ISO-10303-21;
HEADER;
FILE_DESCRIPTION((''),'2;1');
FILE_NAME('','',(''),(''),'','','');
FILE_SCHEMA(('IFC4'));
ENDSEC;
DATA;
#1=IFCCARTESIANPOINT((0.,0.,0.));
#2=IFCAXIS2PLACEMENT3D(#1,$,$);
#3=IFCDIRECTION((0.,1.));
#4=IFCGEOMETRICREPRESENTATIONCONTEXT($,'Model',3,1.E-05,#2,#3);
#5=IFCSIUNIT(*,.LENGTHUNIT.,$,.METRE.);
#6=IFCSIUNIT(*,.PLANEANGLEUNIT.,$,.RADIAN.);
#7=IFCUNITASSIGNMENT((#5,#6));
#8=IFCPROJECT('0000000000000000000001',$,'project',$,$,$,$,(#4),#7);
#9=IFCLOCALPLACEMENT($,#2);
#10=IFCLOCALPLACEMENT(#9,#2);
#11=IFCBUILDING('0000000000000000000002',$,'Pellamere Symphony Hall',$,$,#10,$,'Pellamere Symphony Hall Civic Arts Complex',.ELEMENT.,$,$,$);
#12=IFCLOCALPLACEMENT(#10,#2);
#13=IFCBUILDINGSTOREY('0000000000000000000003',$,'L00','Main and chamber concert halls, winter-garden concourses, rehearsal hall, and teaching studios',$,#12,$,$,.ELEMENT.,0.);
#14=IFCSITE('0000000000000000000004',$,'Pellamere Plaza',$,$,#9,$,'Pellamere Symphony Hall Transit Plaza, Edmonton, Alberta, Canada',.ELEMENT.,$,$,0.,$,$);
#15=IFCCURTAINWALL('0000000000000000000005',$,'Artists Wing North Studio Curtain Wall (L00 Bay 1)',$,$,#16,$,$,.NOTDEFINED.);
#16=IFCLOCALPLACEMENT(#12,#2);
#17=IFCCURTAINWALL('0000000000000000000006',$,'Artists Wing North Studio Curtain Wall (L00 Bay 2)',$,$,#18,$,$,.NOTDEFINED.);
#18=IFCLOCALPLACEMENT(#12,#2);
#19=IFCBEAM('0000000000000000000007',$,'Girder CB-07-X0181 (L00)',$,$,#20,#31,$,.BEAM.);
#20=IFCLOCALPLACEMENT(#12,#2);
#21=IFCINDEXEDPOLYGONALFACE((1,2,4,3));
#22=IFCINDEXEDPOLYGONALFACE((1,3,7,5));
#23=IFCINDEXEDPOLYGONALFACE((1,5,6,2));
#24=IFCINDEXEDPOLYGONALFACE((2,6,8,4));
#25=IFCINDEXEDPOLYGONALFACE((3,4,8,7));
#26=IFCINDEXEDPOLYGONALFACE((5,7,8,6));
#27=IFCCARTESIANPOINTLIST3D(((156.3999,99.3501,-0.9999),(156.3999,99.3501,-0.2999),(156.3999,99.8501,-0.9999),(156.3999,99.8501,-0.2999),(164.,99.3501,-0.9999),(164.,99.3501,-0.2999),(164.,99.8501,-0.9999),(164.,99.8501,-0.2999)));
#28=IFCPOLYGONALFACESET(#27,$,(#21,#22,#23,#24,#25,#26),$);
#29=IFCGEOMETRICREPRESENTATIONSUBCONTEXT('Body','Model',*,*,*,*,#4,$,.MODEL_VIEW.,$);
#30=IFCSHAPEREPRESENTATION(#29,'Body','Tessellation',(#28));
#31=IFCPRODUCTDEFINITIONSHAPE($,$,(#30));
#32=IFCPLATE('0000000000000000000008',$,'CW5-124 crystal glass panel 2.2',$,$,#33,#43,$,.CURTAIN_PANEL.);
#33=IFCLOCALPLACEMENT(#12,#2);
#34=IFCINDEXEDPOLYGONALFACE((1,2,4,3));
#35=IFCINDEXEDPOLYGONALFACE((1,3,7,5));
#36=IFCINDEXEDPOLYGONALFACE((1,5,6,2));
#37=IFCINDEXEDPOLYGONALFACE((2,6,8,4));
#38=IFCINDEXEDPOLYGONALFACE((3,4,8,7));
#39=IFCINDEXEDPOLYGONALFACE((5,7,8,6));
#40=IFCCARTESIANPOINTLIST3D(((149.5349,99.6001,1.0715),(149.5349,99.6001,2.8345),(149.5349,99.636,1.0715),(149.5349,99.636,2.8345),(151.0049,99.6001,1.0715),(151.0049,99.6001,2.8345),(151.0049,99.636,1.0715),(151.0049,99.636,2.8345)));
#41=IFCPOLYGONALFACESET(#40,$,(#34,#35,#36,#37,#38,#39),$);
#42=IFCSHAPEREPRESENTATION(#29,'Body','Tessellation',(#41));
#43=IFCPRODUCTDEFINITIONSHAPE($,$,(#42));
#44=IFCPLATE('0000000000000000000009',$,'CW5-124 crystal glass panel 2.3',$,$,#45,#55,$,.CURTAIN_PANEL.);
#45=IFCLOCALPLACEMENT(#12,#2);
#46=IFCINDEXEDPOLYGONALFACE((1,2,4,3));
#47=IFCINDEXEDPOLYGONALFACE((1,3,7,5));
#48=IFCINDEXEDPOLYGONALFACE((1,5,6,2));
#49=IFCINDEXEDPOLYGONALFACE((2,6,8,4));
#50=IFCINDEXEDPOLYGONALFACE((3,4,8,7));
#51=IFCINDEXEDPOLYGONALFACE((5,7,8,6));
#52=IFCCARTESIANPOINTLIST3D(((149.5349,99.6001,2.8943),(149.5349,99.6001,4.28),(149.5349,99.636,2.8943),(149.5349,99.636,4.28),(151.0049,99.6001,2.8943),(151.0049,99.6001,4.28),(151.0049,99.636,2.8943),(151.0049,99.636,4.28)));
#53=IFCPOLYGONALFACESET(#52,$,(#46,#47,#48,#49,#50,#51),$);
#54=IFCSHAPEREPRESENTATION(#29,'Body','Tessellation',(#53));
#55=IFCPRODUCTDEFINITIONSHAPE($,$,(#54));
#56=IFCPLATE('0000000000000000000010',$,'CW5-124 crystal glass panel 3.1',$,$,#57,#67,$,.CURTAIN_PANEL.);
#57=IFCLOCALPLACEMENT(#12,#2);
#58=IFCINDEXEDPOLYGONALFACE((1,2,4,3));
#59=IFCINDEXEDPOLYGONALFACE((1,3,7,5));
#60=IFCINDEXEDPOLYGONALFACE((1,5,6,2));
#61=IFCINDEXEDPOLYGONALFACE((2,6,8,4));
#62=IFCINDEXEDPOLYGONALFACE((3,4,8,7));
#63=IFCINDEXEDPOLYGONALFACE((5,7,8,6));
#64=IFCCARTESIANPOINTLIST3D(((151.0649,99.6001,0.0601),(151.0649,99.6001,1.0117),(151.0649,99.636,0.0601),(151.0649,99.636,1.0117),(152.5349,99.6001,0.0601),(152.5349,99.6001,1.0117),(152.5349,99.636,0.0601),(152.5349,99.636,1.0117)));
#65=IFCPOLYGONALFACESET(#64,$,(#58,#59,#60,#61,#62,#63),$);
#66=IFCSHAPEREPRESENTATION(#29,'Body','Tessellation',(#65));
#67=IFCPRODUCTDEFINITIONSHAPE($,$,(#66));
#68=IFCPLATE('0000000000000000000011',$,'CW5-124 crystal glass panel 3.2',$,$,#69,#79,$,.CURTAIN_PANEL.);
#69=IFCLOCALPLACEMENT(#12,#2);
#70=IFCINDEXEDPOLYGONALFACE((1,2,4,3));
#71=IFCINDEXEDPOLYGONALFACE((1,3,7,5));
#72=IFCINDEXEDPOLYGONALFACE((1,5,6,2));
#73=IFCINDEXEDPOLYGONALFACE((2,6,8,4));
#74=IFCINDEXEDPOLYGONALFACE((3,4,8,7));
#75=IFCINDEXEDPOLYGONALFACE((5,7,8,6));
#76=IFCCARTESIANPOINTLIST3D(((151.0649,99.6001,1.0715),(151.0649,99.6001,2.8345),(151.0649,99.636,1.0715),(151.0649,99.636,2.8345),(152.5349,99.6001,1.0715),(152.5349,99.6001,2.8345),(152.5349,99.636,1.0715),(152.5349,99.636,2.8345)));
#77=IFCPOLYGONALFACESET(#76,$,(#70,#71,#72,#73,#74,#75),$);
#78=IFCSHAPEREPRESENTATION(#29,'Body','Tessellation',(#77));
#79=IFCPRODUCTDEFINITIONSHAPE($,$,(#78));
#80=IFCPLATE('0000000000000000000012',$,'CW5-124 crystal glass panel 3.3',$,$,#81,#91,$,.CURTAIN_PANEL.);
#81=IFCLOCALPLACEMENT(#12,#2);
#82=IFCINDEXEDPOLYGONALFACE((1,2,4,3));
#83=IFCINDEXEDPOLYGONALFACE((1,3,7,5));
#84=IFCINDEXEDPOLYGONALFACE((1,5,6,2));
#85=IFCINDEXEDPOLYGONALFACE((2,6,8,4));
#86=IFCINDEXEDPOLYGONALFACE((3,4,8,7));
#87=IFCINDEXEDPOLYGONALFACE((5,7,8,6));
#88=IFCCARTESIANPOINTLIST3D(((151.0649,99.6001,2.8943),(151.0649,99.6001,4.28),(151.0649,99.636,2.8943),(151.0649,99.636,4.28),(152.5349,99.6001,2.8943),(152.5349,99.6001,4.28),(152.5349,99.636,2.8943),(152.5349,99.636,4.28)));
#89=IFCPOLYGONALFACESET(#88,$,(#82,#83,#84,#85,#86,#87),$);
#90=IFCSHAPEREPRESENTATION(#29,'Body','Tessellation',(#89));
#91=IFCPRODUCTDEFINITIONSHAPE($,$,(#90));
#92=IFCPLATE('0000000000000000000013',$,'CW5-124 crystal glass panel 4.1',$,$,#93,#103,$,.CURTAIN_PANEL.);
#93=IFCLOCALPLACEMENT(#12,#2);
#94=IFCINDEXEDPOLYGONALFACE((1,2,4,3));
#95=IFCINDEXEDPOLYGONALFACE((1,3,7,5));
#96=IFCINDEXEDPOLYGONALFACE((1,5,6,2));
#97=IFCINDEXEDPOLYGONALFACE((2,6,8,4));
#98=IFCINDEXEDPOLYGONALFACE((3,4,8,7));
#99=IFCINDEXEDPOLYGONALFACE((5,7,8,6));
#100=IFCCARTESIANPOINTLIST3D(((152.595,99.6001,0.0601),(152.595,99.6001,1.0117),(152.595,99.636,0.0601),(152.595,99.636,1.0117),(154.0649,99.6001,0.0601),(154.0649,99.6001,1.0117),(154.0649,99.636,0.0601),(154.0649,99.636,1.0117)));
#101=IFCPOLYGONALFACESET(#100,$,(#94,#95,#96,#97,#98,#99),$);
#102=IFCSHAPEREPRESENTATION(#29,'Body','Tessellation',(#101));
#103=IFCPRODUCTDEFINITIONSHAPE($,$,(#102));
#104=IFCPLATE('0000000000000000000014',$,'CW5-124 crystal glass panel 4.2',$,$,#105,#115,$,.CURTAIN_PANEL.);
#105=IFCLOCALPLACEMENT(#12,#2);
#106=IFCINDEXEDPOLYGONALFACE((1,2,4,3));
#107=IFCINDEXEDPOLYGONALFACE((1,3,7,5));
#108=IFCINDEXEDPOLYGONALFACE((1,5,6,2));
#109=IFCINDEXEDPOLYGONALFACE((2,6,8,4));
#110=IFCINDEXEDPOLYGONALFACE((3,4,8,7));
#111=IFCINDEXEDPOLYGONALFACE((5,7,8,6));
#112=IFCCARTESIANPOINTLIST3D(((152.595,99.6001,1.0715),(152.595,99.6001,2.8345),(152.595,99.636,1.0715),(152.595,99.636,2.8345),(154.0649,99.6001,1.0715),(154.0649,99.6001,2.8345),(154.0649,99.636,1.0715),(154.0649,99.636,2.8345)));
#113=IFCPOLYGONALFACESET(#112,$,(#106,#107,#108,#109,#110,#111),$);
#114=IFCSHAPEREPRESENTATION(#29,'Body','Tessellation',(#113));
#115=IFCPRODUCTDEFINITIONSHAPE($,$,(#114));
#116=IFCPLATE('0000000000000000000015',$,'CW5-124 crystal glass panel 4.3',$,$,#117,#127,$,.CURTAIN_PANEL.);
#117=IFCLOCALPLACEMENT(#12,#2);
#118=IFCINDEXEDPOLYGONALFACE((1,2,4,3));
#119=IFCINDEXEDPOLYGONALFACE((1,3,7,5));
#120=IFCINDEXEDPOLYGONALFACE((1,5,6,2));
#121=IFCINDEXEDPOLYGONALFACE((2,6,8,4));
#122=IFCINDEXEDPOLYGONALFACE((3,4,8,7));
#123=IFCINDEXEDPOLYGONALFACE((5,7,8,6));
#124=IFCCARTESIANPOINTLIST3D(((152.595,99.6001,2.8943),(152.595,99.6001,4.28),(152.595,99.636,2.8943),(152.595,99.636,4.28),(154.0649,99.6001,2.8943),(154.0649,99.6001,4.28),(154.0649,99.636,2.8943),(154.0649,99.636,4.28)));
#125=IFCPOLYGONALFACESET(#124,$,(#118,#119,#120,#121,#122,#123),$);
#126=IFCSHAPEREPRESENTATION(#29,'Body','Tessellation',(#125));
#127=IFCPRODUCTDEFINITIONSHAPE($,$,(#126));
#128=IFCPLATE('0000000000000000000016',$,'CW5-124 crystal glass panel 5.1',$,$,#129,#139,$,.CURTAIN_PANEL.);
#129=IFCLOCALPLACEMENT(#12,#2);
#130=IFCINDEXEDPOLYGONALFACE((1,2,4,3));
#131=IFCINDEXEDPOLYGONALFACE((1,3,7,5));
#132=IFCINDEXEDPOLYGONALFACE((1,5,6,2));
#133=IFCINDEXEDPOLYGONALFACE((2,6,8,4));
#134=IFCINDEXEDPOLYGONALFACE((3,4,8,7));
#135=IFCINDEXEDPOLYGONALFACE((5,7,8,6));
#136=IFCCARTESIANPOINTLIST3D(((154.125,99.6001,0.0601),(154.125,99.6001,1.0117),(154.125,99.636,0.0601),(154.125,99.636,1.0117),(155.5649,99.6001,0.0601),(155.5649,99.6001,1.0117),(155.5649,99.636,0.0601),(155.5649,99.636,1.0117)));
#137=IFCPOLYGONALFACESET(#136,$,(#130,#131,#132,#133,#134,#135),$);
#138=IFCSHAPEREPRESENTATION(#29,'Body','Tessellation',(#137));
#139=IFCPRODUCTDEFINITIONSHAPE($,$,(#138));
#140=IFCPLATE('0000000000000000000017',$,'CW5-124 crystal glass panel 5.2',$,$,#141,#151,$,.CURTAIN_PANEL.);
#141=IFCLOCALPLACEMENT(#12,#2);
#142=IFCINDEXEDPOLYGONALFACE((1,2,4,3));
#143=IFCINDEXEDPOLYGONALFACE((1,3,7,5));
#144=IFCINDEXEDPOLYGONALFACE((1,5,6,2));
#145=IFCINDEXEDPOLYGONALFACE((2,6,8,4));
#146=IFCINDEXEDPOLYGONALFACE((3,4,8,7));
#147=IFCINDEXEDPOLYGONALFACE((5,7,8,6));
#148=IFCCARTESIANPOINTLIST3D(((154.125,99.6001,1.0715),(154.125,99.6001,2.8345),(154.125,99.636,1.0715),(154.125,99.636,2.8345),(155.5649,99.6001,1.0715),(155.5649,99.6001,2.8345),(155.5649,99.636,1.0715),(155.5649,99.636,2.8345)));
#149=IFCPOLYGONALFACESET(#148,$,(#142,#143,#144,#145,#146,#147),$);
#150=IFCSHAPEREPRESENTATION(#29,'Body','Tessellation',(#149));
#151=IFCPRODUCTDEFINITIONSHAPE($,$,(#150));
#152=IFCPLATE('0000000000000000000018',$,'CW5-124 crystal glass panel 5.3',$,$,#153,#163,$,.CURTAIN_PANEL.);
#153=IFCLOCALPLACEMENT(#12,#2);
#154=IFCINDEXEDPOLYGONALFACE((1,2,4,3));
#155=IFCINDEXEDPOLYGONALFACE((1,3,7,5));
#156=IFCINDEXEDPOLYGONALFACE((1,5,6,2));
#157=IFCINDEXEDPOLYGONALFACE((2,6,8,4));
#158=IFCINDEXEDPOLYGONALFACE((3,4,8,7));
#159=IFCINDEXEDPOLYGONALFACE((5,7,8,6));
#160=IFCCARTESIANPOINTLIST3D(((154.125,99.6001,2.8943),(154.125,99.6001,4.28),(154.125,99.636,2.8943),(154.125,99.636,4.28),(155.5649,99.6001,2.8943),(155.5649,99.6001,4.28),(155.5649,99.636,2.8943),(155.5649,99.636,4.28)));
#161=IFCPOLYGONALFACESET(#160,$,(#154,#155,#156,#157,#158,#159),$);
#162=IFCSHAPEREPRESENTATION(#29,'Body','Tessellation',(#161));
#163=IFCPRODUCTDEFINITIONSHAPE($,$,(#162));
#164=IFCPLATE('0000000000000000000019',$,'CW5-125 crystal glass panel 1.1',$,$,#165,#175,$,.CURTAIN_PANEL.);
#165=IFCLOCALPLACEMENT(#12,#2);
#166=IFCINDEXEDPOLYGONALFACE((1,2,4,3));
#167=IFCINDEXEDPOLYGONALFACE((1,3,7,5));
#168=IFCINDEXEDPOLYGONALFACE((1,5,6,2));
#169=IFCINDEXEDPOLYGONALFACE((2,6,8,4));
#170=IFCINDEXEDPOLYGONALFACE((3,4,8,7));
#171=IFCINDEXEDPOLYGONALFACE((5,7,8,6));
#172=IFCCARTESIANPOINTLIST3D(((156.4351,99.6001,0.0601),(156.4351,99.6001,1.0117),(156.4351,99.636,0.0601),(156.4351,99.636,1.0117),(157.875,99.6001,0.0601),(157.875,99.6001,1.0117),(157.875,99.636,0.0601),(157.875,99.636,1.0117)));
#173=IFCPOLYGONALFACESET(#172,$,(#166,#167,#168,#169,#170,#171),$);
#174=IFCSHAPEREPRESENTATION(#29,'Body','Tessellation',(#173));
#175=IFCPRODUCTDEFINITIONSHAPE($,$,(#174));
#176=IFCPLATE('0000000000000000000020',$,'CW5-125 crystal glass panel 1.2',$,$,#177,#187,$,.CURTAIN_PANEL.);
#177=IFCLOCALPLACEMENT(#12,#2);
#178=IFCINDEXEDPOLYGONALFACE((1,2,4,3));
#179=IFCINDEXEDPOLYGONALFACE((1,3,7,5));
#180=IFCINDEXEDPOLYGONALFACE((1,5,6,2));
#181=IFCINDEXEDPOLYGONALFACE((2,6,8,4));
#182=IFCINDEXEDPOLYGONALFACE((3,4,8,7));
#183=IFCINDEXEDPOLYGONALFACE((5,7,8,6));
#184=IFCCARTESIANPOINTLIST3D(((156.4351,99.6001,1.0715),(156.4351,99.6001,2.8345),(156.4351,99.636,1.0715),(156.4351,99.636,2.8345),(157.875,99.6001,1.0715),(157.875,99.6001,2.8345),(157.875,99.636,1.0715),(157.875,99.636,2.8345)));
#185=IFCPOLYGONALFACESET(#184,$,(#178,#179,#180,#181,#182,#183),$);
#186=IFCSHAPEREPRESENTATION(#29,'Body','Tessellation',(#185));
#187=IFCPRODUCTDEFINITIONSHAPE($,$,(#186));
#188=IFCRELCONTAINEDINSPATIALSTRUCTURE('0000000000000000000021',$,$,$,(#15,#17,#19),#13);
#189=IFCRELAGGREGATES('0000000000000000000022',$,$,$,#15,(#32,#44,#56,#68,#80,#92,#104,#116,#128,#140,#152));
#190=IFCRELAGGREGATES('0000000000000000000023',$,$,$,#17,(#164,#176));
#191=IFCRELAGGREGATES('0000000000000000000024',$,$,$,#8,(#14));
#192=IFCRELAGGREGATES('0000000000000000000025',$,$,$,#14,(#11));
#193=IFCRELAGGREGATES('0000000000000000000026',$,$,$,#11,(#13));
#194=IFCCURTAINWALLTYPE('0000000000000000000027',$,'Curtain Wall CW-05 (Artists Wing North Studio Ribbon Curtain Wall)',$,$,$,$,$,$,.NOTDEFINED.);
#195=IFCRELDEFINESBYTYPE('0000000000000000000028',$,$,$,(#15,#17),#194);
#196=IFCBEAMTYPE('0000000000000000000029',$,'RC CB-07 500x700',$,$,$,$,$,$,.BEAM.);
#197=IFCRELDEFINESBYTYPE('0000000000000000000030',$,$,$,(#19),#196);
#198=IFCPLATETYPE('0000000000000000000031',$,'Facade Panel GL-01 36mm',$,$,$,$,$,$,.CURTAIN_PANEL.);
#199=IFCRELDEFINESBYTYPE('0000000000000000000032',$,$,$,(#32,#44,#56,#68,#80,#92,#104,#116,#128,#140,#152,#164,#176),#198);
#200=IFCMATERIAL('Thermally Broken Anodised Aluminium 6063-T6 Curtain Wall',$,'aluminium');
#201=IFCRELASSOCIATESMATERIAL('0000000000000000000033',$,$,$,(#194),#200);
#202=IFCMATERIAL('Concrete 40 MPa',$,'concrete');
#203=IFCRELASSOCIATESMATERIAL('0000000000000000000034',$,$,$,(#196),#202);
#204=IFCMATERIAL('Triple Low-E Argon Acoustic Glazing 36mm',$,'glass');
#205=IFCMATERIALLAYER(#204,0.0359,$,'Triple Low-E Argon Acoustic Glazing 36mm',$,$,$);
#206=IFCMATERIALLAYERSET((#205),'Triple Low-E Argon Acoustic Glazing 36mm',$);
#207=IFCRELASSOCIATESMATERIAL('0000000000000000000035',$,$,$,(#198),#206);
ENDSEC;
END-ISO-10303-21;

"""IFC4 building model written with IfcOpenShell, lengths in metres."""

from ifc_helpers import new_model, si_unit, direction, frame, origin, origin_2d, place, context, subcontext, project, spatial, polyline, rectangle, outline, extrude, material, layer, layer_set, material_profile, profile_set, type_object, element, aggregate, save


model = new_model("IFC4")

# Units and contexts
model_context = context("Model", 3, precision=1e-05, world=origin(), true_north=direction((0.0, 1.0)))
body_context = subcontext(model_context, "Body", "Model", "MODEL_VIEW")
ifc_project = project(units=[si_unit("LENGTHUNIT", "METRE"), si_unit("PLANEANGLEUNIT", "RADIAN")], contexts=[model_context])

# Site, building, storey
site_placement = place(None, origin())
site = spatial("IfcSite", under=ifc_project, at=site_placement, Name="Pellamere Plaza", LongName="Pellamere Symphony Hall Transit Plaza, Edmonton, Alberta, Canada", CompositionType="ELEMENT", RefElevation=0.0)
building_placement = place(site_placement, origin())
building = spatial("IfcBuilding", under=site, at=building_placement, Name="Pellamere Symphony Hall", LongName="Pellamere Symphony Hall Civic Arts Complex", CompositionType="ELEMENT")
storey_placement = place(building_placement, origin())
storey = spatial("IfcBuildingStorey", under=building, at=storey_placement, Name="L00", Description="Main and chamber concert halls, winter-garden concourses, rehearsal hall, and teaching studios", CompositionType="ELEMENT", Elevation=0.0)

# Shared definitions
ifc_material_1 = material(Name="Concrete 40 MPa", Category="concrete")

# Curtain wall
ifc_material_2 = material(Name="Thermally Broken Anodised Aluminium 6063-T6 Curtain Wall", Category="aluminium")
curtain_wall_type = type_object("IfcCurtainWallType", Name="Curtain Wall CW-05 (Artists Wing North Studio Ribbon Curtain Wall)", PredefinedType="NOTDEFINED", material=ifc_material_2)
curtain_wall_1_placement = place(storey_placement, origin())
curtain_wall_1 = element("IfcCurtainWall", 1, at=curtain_wall_1_placement, inside=storey, type_object=curtain_wall_type, Name="Artists Wing North Studio Curtain Wall (L00 Bay 1)", PredefinedType="NOTDEFINED")

# Curtain wall
curtain_wall_2_placement = place(storey_placement, origin())
curtain_wall_2 = element("IfcCurtainWall", 2, at=curtain_wall_2_placement, inside=storey, type_object=curtain_wall_type, Name="Artists Wing North Studio Curtain Wall (L00 Bay 2)", PredefinedType="NOTDEFINED")

# Beam
ifc_material_profile_1 = material_profile(ifc_material_1, rectangle(XDim=0.5, YDim=0.7, at=origin_2d()), Name="RC 500x700")
ifc_profile_set_1 = profile_set([ifc_material_profile_1], Name="Concrete 40 MPa")
beam_type = type_object("IfcBeamType", Name="RC CB-07 500x700", PredefinedType="BEAM", material=ifc_profile_set_1)
beam_placement = place(storey_placement, frame((156.3999, 99.6001, -0.6499), z_axis=(1.0, 0.0, 0.0), x_axis=(0.0, 1.0, 0.0)))
element("IfcBeam", 3, at=beam_placement, inside=storey, type_object=beam_type, Name="Girder CB-07-X0181 (L00)", PredefinedType="BEAM", context=body_context, shape_type="SweptSolid", body=[
    extrude(rectangle(XDim=0.5, YDim=0.7, at=origin_2d()), origin(), (0.0, 0.0, 1.0), 7.6001),
])

# Plates
ifc_material_3 = material(Name="Triple Low-E Argon Acoustic Glazing 36mm", Category="glass")
ifc_layer = layer(ifc_material_3, 0.0359, Name="Triple Low-E Argon Acoustic Glazing 36mm")
ifc_layer_set = layer_set([ifc_layer], Name="Triple Low-E Argon Acoustic Glazing 36mm")
plate_type = type_object("IfcPlateType", Name="Facade Panel GL-01 36mm", PredefinedType="CURTAIN_PANEL", material=ifc_layer_set)
plate_1_placement = place(storey_placement, frame((149.5349, 99.6001, 1.0715), z_axis=(0.0, -1.0, 0.0), x_axis=(1.0, 0.0, 0.0)))
plate_1 = element("IfcPlate", 4, at=plate_1_placement, type_object=plate_type, Name="CW5-124 crystal glass panel 2.2", PredefinedType="CURTAIN_PANEL", context=body_context, shape_type="SweptSolid", body=[
    extrude(outline(polyline([(0.0, 0.0), (1.47, 0.0), (1.47, 1.7629), (0.0, 1.7629), (0.0, 0.0)])), origin(), (0.0, 0.0, -1.0), 0.0359),
])
plate_2_placement = place(storey_placement, frame((149.5349, 99.6001, 2.8943), z_axis=(0.0, -1.0, 0.0), x_axis=(1.0, 0.0, 0.0)))
plate_2 = element("IfcPlate", 5, at=plate_2_placement, type_object=plate_type, Name="CW5-124 crystal glass panel 2.3", PredefinedType="CURTAIN_PANEL", context=body_context, shape_type="SweptSolid", body=[
    extrude(outline(polyline([(0.0, 0.0), (1.47, 0.0), (1.47, 1.3857), (0.0, 1.3857), (0.0, 0.0)])), origin(), (0.0, 0.0, -1.0), 0.0359),
])
plate_3_placement = place(storey_placement, frame((151.0649, 99.6001, 0.0601), z_axis=(0.0, -1.0, 0.0), x_axis=(1.0, 0.0, 0.0)))
plate_3 = element("IfcPlate", 6, at=plate_3_placement, type_object=plate_type, Name="CW5-124 crystal glass panel 3.1", PredefinedType="CURTAIN_PANEL", context=body_context, shape_type="SweptSolid", body=[
    extrude(outline(polyline([(0.0, 0.0), (1.47, 0.0), (1.47, 0.9517), (0.0, 0.9517), (0.0, 0.0)])), origin(), (0.0, 0.0, -1.0), 0.0359),
])
plate_4_placement = place(storey_placement, frame((151.0649, 99.6001, 1.0715), z_axis=(0.0, -1.0, 0.0), x_axis=(1.0, 0.0, 0.0)))
plate_4 = element("IfcPlate", 7, at=plate_4_placement, type_object=plate_type, Name="CW5-124 crystal glass panel 3.2", PredefinedType="CURTAIN_PANEL", context=body_context, shape_type="SweptSolid", body=[
    extrude(outline(polyline([(0.0, 0.0), (1.47, 0.0), (1.47, 1.7629), (0.0, 1.7629), (0.0, 0.0)])), origin(), (0.0, 0.0, -1.0), 0.0359),
])
plate_5_placement = place(storey_placement, frame((151.0649, 99.6001, 2.8943), z_axis=(0.0, -1.0, 0.0), x_axis=(1.0, 0.0, 0.0)))
plate_5 = element("IfcPlate", 8, at=plate_5_placement, type_object=plate_type, Name="CW5-124 crystal glass panel 3.3", PredefinedType="CURTAIN_PANEL", context=body_context, shape_type="SweptSolid", body=[
    extrude(outline(polyline([(0.0, 0.0), (1.47, 0.0), (1.47, 1.3857), (0.0, 1.3857), (0.0, 0.0)])), origin(), (0.0, 0.0, -1.0), 0.0359),
])
plate_6_placement = place(storey_placement, frame((152.595, 99.6001, 0.0601), z_axis=(0.0, -1.0, 0.0), x_axis=(1.0, 0.0, 0.0)))
plate_6 = element("IfcPlate", 9, at=plate_6_placement, type_object=plate_type, Name="CW5-124 crystal glass panel 4.1", PredefinedType="CURTAIN_PANEL", context=body_context, shape_type="SweptSolid", body=[
    extrude(outline(polyline([(0.0, 0.0), (1.47, 0.0), (1.47, 0.9517), (0.0, 0.9517), (0.0, 0.0)])), origin(), (0.0, 0.0, -1.0), 0.0359),
])
plate_7_placement = place(storey_placement, frame((152.595, 99.6001, 1.0715), z_axis=(0.0, -1.0, 0.0), x_axis=(1.0, 0.0, 0.0)))
plate_7 = element("IfcPlate", 10, at=plate_7_placement, type_object=plate_type, Name="CW5-124 crystal glass panel 4.2", PredefinedType="CURTAIN_PANEL", context=body_context, shape_type="SweptSolid", body=[
    extrude(outline(polyline([(0.0, 0.0), (1.47, 0.0), (1.47, 1.7629), (0.0, 1.7629), (0.0, 0.0)])), origin(), (0.0, 0.0, -1.0), 0.0359),
])
plate_8_placement = place(storey_placement, frame((152.595, 99.6001, 2.8943), z_axis=(0.0, -1.0, 0.0), x_axis=(1.0, 0.0, 0.0)))
plate_8 = element("IfcPlate", 11, at=plate_8_placement, type_object=plate_type, Name="CW5-124 crystal glass panel 4.3", PredefinedType="CURTAIN_PANEL", context=body_context, shape_type="SweptSolid", body=[
    extrude(outline(polyline([(0.0, 0.0), (1.47, 0.0), (1.47, 1.3857), (0.0, 1.3857), (0.0, 0.0)])), origin(), (0.0, 0.0, -1.0), 0.0359),
])
plate_9_placement = place(storey_placement, frame((154.125, 99.6001, 0.0601), z_axis=(0.0, -1.0, 0.0), x_axis=(1.0, 0.0, 0.0)))
plate_9 = element("IfcPlate", 12, at=plate_9_placement, type_object=plate_type, Name="CW5-124 crystal glass panel 5.1", PredefinedType="CURTAIN_PANEL", context=body_context, shape_type="SweptSolid", body=[
    extrude(outline(polyline([(0.0, 0.0), (1.4399, 0.0), (1.4399, 0.9517), (0.0, 0.9517), (0.0, 0.0)])), origin(), (0.0, 0.0, -1.0), 0.0359),
])
plate_10_placement = place(storey_placement, frame((154.125, 99.6001, 1.0715), z_axis=(0.0, -1.0, 0.0), x_axis=(1.0, 0.0, 0.0)))
plate_10 = element("IfcPlate", 13, at=plate_10_placement, type_object=plate_type, Name="CW5-124 crystal glass panel 5.2", PredefinedType="CURTAIN_PANEL", context=body_context, shape_type="SweptSolid", body=[
    extrude(outline(polyline([(0.0, 0.0), (1.4399, 0.0), (1.4399, 1.7629), (0.0, 1.7629), (0.0, 0.0)])), origin(), (0.0, 0.0, -1.0), 0.0359),
])
plate_11_placement = place(storey_placement, frame((154.125, 99.6001, 2.8943), z_axis=(0.0, -1.0, 0.0), x_axis=(1.0, 0.0, 0.0)))
plate_11 = element("IfcPlate", 14, at=plate_11_placement, type_object=plate_type, Name="CW5-124 crystal glass panel 5.3", PredefinedType="CURTAIN_PANEL", context=body_context, shape_type="SweptSolid", body=[
    extrude(outline(polyline([(0.0, 0.0), (1.4399, 0.0), (1.4399, 1.3857), (0.0, 1.3857), (0.0, 0.0)])), origin(), (0.0, 0.0, -1.0), 0.0359),
])
aggregate(curtain_wall_1, [plate_1, plate_2, plate_3, plate_4, plate_5, plate_6, plate_7, plate_8, plate_9, plate_10, plate_11])
plate_12_placement = place(storey_placement, frame((156.4351, 99.6001, 0.0601), z_axis=(0.0, -1.0, 0.0), x_axis=(1.0, 0.0, 0.0)))
plate_12 = element("IfcPlate", 15, at=plate_12_placement, type_object=plate_type, Name="CW5-125 crystal glass panel 1.1", PredefinedType="CURTAIN_PANEL", context=body_context, shape_type="SweptSolid", body=[
    extrude(outline(polyline([(0.0, 0.0), (1.4399, 0.0), (1.4399, 0.9517), (0.0, 0.9517), (0.0, 0.0)])), origin(), (0.0, 0.0, -1.0), 0.0359),
])
plate_13_placement = place(storey_placement, frame((156.4351, 99.6001, 1.0715), z_axis=(0.0, -1.0, 0.0), x_axis=(1.0, 0.0, 0.0)))
plate_13 = element("IfcPlate", 16, at=plate_13_placement, type_object=plate_type, Name="CW5-125 crystal glass panel 1.2", PredefinedType="CURTAIN_PANEL", context=body_context, shape_type="SweptSolid", body=[
    extrude(outline(polyline([(0.0, 0.0), (1.4399, 0.0), (1.4399, 1.7629), (0.0, 1.7629), (0.0, 0.0)])), origin(), (0.0, 0.0, -1.0), 0.0359),
])
aggregate(curtain_wall_2, [plate_12, plate_13])

save(model, "model.ifc")
